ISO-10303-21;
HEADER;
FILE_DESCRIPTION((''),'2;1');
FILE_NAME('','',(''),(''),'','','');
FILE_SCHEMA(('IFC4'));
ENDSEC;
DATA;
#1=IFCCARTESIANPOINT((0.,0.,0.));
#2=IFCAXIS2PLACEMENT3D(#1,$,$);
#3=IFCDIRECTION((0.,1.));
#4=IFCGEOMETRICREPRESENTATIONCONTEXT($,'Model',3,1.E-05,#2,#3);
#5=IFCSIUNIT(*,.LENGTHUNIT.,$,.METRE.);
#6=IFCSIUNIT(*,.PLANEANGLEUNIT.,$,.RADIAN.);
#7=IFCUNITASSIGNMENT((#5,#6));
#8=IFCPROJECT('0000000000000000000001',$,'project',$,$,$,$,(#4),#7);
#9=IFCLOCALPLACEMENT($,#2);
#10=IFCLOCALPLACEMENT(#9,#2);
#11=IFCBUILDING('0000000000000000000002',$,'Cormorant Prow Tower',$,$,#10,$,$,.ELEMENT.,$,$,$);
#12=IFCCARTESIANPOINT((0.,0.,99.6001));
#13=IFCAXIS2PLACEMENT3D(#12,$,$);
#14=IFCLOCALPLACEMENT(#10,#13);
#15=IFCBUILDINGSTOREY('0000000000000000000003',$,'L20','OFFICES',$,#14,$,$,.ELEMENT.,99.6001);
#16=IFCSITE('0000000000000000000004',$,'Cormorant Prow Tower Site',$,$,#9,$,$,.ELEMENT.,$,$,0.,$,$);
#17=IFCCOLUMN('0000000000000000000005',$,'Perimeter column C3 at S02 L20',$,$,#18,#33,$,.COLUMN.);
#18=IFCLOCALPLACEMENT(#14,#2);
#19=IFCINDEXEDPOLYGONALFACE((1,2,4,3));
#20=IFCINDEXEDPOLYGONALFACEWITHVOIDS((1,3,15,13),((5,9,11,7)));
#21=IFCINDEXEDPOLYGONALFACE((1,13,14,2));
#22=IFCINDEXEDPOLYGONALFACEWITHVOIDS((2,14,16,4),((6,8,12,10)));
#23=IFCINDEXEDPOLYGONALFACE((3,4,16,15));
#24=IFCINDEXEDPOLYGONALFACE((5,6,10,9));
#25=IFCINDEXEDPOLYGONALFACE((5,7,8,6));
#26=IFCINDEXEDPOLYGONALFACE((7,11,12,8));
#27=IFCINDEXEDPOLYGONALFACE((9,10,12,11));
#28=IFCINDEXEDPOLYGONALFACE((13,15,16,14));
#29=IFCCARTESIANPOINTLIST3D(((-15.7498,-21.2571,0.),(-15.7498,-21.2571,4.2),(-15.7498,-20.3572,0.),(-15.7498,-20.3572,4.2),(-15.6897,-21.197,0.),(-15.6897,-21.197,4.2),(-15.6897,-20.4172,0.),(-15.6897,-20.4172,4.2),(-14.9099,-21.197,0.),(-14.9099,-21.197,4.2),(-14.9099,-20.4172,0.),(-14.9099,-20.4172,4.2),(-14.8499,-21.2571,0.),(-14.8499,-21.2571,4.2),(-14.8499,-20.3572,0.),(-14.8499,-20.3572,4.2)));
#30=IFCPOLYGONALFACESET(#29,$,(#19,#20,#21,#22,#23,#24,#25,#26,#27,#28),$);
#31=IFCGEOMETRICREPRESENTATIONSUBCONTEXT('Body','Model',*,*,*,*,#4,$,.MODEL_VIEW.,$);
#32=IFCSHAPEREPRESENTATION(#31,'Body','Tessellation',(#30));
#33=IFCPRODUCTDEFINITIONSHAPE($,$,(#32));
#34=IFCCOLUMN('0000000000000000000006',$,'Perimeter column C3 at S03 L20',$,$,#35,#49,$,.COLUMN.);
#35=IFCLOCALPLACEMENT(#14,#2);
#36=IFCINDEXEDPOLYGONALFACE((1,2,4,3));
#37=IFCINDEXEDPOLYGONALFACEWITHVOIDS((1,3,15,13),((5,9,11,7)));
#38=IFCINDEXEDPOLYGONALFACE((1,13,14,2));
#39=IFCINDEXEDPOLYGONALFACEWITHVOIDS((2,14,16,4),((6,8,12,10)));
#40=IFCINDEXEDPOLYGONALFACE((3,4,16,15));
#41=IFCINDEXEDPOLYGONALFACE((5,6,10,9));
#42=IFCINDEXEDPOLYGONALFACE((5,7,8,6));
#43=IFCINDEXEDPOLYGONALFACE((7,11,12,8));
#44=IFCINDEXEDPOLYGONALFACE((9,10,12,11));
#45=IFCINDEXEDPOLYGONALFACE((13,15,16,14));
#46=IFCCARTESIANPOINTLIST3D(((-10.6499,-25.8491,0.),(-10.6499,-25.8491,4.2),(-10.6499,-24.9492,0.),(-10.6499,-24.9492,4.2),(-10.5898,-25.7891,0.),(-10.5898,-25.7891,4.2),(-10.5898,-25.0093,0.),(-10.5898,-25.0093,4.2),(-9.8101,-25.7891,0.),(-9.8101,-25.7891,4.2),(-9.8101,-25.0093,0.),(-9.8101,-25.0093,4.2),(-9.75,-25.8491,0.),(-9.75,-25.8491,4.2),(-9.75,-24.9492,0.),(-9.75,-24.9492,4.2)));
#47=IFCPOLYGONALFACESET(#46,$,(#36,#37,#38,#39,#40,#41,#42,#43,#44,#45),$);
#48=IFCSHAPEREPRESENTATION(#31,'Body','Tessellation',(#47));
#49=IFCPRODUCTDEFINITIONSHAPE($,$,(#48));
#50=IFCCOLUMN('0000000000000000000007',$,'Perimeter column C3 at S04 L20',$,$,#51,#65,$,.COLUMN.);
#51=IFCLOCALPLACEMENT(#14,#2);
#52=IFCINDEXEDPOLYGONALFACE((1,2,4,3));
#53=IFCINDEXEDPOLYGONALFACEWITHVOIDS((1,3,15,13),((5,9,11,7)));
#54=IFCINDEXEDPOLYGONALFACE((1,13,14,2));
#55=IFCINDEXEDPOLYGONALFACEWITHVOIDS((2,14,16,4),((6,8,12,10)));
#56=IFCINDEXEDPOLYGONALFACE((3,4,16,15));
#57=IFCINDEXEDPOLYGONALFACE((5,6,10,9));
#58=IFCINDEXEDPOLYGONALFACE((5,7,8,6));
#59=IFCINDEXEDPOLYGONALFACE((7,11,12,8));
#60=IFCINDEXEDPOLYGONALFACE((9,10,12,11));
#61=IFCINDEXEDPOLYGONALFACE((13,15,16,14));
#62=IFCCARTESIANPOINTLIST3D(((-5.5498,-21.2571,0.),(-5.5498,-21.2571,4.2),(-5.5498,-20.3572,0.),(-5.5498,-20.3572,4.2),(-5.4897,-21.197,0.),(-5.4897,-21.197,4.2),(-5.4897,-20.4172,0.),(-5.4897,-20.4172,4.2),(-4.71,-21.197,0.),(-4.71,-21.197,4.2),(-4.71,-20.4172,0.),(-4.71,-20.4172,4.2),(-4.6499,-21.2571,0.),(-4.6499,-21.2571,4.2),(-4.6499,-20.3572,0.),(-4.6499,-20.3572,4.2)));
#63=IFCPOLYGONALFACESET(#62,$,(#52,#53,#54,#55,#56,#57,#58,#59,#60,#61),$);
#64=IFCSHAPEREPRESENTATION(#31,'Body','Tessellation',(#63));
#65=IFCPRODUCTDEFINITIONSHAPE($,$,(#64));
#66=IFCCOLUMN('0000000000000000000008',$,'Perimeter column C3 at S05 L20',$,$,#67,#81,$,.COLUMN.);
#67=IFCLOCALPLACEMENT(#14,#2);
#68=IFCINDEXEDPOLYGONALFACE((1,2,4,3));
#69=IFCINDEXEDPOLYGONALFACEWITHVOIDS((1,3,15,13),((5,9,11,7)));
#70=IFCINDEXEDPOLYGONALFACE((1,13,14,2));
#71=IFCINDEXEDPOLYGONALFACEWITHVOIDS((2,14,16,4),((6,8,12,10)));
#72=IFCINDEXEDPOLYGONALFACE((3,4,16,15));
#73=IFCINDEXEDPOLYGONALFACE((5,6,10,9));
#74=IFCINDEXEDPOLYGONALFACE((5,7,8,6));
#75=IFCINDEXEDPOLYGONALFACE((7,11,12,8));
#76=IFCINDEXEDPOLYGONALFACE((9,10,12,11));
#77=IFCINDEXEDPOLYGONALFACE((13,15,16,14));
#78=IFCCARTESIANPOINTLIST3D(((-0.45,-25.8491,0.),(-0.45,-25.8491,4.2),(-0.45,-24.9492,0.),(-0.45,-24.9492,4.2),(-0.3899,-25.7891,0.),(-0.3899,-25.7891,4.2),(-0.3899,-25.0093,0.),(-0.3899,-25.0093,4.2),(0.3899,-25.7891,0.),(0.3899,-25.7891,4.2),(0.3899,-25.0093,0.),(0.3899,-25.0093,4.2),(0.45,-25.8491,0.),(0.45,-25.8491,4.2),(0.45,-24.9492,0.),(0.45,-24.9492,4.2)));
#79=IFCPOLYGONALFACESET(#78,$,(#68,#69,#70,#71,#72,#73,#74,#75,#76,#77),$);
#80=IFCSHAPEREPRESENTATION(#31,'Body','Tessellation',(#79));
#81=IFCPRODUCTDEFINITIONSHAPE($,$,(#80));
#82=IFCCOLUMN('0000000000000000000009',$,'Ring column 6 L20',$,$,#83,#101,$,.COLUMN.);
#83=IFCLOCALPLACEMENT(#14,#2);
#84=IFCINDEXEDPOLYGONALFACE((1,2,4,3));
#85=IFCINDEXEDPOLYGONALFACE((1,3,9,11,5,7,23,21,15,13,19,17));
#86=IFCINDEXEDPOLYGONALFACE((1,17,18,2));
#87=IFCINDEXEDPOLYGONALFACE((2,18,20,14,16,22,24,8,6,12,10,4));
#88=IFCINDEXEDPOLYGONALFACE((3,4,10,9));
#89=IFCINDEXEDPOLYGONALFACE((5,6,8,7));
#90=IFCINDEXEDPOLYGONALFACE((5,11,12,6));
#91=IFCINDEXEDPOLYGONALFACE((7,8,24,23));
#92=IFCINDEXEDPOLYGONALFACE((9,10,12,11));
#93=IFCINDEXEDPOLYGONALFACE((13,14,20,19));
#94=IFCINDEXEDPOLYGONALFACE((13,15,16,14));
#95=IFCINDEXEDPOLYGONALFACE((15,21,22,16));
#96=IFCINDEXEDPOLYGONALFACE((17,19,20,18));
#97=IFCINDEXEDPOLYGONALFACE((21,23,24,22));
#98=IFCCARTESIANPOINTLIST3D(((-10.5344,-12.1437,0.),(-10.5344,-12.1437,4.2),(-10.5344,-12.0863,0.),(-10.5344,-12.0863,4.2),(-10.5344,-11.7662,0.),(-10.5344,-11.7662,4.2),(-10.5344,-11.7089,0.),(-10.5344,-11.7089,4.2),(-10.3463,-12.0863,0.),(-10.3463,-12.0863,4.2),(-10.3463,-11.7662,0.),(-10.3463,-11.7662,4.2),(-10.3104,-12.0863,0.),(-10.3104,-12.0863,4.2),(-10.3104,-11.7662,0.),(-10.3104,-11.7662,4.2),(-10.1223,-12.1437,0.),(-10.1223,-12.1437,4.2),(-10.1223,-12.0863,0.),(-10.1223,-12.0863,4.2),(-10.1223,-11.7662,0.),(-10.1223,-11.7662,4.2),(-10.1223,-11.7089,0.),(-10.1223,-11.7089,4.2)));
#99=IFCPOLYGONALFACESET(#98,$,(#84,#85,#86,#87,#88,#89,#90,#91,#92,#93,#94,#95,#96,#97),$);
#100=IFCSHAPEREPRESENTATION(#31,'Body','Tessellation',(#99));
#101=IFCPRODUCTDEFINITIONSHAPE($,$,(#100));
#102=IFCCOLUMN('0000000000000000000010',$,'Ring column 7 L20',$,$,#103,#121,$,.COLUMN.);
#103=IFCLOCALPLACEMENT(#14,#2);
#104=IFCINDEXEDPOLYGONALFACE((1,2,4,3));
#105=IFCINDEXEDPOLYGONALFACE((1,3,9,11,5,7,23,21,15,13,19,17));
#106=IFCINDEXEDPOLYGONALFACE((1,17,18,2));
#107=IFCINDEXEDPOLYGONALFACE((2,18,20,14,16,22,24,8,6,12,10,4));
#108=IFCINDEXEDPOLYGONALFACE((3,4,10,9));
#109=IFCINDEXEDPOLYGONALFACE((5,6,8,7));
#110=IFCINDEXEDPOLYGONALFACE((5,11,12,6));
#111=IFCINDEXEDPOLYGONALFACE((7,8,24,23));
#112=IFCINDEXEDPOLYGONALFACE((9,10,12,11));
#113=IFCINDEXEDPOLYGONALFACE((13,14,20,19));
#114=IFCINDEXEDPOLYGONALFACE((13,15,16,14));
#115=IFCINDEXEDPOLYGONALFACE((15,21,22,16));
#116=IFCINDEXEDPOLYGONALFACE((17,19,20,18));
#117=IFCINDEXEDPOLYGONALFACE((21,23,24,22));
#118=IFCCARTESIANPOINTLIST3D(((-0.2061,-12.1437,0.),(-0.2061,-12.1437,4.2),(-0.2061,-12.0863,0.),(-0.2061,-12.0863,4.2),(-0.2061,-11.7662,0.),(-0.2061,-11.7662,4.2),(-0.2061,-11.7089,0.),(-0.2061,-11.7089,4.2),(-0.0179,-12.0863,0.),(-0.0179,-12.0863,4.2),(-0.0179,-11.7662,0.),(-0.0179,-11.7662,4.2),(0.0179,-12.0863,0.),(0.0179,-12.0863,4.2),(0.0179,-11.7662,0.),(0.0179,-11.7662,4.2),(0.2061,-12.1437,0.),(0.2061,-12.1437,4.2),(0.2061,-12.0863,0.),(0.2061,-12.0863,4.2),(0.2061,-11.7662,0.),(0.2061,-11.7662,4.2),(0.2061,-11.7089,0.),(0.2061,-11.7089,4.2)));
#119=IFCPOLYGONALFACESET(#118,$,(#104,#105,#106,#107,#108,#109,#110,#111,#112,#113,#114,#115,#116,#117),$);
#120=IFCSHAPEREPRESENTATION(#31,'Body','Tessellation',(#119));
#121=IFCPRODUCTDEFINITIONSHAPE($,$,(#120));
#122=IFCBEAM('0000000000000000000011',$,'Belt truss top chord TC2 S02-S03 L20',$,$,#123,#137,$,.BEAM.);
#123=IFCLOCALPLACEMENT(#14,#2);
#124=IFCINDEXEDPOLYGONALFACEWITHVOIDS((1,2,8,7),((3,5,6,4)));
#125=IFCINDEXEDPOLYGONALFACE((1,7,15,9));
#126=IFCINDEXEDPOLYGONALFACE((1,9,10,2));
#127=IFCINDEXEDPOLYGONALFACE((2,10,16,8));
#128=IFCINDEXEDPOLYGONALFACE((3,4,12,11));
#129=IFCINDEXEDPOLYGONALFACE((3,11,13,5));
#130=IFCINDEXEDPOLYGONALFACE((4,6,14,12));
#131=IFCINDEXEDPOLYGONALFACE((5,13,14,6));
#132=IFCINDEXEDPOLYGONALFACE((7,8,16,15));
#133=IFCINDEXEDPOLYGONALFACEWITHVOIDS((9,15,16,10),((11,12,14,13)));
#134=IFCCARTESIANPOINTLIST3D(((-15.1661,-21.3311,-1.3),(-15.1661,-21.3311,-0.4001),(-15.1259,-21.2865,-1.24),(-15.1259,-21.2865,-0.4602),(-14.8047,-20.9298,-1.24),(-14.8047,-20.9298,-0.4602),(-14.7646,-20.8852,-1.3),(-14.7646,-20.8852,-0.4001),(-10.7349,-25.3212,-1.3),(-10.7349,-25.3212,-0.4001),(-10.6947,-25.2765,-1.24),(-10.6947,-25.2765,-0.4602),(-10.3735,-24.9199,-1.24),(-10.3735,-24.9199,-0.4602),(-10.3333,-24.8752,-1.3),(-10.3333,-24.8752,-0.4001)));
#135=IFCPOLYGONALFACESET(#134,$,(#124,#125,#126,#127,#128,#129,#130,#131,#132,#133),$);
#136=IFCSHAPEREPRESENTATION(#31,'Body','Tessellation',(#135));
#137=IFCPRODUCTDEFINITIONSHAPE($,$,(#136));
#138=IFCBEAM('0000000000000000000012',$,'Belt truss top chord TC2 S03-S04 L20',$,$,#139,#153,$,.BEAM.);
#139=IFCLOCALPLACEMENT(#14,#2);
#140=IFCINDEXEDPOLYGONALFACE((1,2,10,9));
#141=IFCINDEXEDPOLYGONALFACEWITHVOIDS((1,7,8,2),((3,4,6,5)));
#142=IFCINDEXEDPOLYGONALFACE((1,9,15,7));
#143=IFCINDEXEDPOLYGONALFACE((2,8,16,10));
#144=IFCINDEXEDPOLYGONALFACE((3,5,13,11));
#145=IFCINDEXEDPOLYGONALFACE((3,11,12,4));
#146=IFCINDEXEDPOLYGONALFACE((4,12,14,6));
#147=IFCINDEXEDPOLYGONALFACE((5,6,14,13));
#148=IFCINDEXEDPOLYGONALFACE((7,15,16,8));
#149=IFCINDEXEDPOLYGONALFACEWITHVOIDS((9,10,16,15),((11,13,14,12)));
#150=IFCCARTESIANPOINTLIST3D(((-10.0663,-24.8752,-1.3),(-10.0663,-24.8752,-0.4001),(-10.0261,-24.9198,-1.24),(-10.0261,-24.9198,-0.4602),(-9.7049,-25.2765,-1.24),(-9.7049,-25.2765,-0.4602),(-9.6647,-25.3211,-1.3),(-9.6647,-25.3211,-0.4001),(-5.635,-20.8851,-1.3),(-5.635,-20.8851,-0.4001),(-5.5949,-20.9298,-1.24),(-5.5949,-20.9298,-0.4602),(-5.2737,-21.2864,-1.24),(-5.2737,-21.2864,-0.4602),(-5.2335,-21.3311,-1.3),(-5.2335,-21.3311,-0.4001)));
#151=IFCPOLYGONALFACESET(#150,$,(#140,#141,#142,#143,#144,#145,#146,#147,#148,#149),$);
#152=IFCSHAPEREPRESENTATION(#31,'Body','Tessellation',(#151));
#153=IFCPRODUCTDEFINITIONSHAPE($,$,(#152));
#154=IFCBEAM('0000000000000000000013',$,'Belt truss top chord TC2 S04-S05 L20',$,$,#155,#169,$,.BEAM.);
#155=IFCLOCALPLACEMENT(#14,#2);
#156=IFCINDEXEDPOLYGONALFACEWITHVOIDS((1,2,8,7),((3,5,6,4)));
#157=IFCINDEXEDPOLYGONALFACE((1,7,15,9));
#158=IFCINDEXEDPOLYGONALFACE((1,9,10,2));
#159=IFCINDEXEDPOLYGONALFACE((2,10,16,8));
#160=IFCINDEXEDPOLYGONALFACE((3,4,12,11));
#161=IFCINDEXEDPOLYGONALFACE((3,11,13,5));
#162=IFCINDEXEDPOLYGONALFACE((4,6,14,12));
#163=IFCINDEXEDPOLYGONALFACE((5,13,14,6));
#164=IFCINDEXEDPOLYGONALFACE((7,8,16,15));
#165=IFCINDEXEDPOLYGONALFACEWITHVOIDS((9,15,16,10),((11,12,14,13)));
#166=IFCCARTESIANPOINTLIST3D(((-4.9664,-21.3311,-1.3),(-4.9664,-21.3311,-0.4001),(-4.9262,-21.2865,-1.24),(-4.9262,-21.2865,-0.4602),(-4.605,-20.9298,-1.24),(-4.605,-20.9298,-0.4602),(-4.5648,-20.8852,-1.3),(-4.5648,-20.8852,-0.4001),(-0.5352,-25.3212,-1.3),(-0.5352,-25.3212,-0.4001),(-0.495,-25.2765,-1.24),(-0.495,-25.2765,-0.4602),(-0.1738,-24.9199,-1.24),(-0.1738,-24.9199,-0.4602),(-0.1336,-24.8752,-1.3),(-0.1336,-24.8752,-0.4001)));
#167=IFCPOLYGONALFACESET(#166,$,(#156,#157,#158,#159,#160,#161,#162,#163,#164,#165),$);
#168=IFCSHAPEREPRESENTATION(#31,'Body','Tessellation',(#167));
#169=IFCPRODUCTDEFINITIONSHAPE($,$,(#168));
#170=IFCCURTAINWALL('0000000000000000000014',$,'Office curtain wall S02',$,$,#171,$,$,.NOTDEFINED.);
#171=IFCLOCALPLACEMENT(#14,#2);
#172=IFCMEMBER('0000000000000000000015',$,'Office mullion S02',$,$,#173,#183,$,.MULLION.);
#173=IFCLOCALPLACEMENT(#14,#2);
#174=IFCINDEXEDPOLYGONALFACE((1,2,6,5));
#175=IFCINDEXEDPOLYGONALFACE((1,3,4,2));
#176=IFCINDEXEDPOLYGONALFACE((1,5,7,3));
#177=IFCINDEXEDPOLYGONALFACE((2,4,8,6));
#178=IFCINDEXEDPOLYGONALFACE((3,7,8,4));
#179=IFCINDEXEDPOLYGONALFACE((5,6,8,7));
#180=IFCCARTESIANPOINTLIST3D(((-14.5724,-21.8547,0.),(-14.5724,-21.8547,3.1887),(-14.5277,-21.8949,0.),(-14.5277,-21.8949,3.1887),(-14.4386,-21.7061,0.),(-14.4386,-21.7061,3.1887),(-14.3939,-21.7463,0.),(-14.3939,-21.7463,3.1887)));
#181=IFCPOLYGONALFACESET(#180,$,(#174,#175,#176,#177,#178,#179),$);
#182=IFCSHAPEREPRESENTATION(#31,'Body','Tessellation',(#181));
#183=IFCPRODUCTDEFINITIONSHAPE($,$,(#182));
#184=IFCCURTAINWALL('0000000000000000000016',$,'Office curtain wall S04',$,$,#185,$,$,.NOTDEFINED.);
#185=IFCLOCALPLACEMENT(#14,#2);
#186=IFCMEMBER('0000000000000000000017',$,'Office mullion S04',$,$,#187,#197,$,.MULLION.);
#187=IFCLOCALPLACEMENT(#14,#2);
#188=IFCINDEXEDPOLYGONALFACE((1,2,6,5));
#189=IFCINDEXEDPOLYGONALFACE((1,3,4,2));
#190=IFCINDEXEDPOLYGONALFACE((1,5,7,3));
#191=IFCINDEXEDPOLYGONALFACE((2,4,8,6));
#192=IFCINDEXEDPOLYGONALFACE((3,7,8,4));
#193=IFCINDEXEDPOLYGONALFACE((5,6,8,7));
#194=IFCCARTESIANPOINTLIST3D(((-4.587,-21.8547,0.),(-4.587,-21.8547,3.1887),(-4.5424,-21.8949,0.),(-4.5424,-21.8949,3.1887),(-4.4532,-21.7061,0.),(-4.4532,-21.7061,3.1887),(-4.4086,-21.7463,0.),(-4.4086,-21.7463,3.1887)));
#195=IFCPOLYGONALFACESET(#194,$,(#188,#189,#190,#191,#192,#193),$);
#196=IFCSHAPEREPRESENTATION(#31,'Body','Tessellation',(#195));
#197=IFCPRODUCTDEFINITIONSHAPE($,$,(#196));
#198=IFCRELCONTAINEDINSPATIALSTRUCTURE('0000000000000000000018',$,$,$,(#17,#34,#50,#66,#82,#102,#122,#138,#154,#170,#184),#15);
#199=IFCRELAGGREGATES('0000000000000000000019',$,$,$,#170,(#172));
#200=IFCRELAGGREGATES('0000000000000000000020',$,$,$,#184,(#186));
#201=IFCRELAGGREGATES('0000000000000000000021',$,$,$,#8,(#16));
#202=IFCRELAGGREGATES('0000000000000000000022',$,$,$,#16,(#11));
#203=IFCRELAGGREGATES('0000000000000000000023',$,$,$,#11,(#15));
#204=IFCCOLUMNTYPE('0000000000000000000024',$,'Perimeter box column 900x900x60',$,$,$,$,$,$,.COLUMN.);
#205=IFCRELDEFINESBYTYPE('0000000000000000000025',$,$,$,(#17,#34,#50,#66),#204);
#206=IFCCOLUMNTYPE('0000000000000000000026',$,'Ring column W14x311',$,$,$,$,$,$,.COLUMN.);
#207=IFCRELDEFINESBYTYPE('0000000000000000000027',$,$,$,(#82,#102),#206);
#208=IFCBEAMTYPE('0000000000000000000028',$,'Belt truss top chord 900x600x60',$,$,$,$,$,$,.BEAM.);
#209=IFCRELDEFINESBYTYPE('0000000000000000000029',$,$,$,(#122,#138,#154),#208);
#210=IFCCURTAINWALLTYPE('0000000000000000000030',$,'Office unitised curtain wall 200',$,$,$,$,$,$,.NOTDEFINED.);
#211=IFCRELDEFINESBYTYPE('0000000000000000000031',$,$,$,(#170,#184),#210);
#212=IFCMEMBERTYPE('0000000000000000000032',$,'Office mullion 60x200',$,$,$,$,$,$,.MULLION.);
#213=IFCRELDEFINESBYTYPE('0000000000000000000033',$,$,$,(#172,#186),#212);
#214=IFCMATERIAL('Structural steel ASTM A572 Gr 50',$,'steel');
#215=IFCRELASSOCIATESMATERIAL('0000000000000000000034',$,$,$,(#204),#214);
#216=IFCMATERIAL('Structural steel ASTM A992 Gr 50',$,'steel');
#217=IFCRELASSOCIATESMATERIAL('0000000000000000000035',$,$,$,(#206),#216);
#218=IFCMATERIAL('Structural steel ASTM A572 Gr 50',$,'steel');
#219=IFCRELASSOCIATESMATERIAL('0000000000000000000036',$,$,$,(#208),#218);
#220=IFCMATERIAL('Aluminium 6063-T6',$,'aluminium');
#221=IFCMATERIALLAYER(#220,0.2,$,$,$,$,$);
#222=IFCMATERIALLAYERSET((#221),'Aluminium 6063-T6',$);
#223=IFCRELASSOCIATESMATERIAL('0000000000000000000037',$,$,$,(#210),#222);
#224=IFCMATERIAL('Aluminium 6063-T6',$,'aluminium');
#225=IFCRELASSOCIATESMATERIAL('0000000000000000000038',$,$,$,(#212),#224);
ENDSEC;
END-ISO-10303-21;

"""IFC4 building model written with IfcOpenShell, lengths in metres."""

from ifc_helpers import new_model, si_unit, direction, frame, origin, origin_2d, place, context, subcontext, project, spatial, rectangle, hollow_rectangle, i_section, extrude, material, layer, layer_set, material_profile, profile_set, type_object, element, aggregate, save


model = new_model("IFC4")

# Units and contexts
model_context = context("Model", 3, precision=1e-05, world=origin(), true_north=direction((0.0, 1.0)))
body_context = subcontext(model_context, "Body", "Model", "MODEL_VIEW")
ifc_project = project(units=[si_unit("LENGTHUNIT", "METRE"), si_unit("PLANEANGLEUNIT", "RADIAN")], contexts=[model_context])

# Site, building, storey
site_placement = place(None, origin())
site = spatial("IfcSite", under=ifc_project, at=site_placement, Name="Cormorant Prow Tower Site", CompositionType="ELEMENT", RefElevation=0.0)
building_placement = place(site_placement, origin())
building = spatial("IfcBuilding", under=site, at=building_placement, Name="Cormorant Prow Tower", CompositionType="ELEMENT")
storey_placement = place(building_placement, frame((0.0, 0.0, 99.6001)))
storey = spatial("IfcBuildingStorey", under=building, at=storey_placement, Name="L20", Description="OFFICES", CompositionType="ELEMENT", Elevation=99.6001)

# Columns
ifc_material_1 = material(Name="Structural steel ASTM A572 Gr 50", Category="steel")
ifc_material_profile_1 = material_profile(ifc_material_1, hollow_rectangle(XDim=0.8999, YDim=0.8999, WallThickness=0.0601, at=origin_2d()), Name="Box 900x900x60")
ifc_profile_set_1 = profile_set([ifc_material_profile_1], Name="Structural steel ASTM A572 Gr 50")
column_type_1 = type_object("IfcColumnType", Name="Perimeter box column 900x900x60", PredefinedType="COLUMN", material=ifc_profile_set_1)
for number, where, z_axis, x_axis, name in (
    (1, (-15.2998, -20.8071, 0.0), (0.0, 0.0, 1.0), (1.0, 0.0, 0.0), "Perimeter column C3 at S02 L20"),
    (2, (-10.2, -25.3992, 0.0), (0.0, 0.0, 1.0), (1.0, 0.0, 0.0), "Perimeter column C3 at S03 L20"),
    (3, (-5.0999, -20.8071, 0.0), (0.0, 0.0, 1.0), (1.0, 0.0, 0.0), "Perimeter column C3 at S04 L20"),
    (4, (0.0, -25.3992, 0.0), (0.0, 0.0, 1.0), (1.0, 0.0, 0.0), "Perimeter column C3 at S05 L20"),
):
    element("IfcColumn", number, at=place(storey_placement, frame(where, z_axis=z_axis, x_axis=x_axis)), inside=storey, type_object=column_type_1, Name=name, PredefinedType="COLUMN", context=body_context, shape_type="SweptSolid", body=[
        extrude(hollow_rectangle(XDim=0.8999, YDim=0.8999, WallThickness=0.0601, at=origin_2d()), origin(), (0.0, 0.0, 1.0), 4.2),
    ])
ifc_material_2 = material(Name="Structural steel ASTM A992 Gr 50", Category="steel")
ifc_material_profile_2 = material_profile(ifc_material_2, i_section(OverallWidth=0.4121, OverallDepth=0.4348, WebThickness=0.0359, FlangeThickness=0.0574, at=origin_2d()), Name="W14x311")
ifc_profile_set_2 = profile_set([ifc_material_profile_2], Name="Structural steel ASTM A992 Gr 50")
column_type_2 = type_object("IfcColumnType", Name="Ring column W14x311", PredefinedType="COLUMN", material=ifc_profile_set_2)
for number, where, z_axis, x_axis, name in (
    (5, (-10.3284, -11.9263, 0.0), (0.0, 0.0, 1.0), (1.0, 0.0, 0.0), "Ring column 6 L20"),
    (6, (0.0, -11.9263, 0.0), (0.0, 0.0, 1.0), (1.0, 0.0, 0.0), "Ring column 7 L20"),
):
    element("IfcColumn", number, at=place(storey_placement, frame(where, z_axis=z_axis, x_axis=x_axis)), inside=storey, type_object=column_type_2, Name=name, PredefinedType="COLUMN", context=body_context, shape_type="SweptSolid", body=[
        extrude(i_section(OverallWidth=0.4121, OverallDepth=0.4348, WebThickness=0.0359, FlangeThickness=0.0574, at=origin_2d()), origin(), (0.0, 0.0, 1.0), 4.2),
    ])

# Beams
ifc_material_3 = material(Name="Structural steel ASTM A572 Gr 50", Category="steel")
ifc_material_profile_3 = material_profile(ifc_material_3, hollow_rectangle(XDim=0.6001, YDim=0.8999, WallThickness=0.0601, at=origin_2d()), Name="Box 900x600x60")
ifc_profile_set_3 = profile_set([ifc_material_profile_3], Name="Structural steel ASTM A572 Gr 50")
beam_type_1 = type_object("IfcBeamType", Name="Belt truss top chord 900x600x60", PredefinedType="BEAM", material=ifc_profile_set_3)
for number, where, z_axis, x_axis, name in (
    (7, (-14.9653, -21.1082, -0.8501), (0.743131, -0.669146, 0.0), (0.669146, 0.743131, 0.0), "Belt truss top chord TC2 S02-S03 L20"),
    (8, (-9.8655, -25.0981, -0.8501), (0.743131, 0.669146, 0.0), (-0.669146, 0.743131, 0.0), "Belt truss top chord TC2 S03-S04 L20"),
    (9, (-4.7656, -21.1082, -0.8501), (0.743131, -0.669146, 0.0), (0.669146, 0.743131, 0.0), "Belt truss top chord TC2 S04-S05 L20"),
):
    element("IfcBeam", number, at=place(storey_placement, frame(where, z_axis=z_axis, x_axis=x_axis)), inside=storey, type_object=beam_type_1, Name=name, PredefinedType="BEAM", context=body_context, shape_type="SweptSolid", body=[
        extrude(hollow_rectangle(XDim=0.6001, YDim=0.8999, WallThickness=0.0601, at=origin_2d()), origin(), (0.0, 0.0, 1.0), 5.9629),
    ])

# Curtain walls, members
ifc_material_4 = material(Name="Aluminium 6063-T6", Category="aluminium")
ifc_layer_1 = layer(ifc_material_4, 0.2)
ifc_layer_set_1 = layer_set([ifc_layer_1], Name="Aluminium 6063-T6")
curtain_wall_type = type_object("IfcCurtainWallType", Name="Office unitised curtain wall 200", PredefinedType="NOTDEFINED", material=ifc_layer_set_1)
curtain_wall_1_placement = place(storey_placement, origin())
curtain_wall_1 = element("IfcCurtainWall", 10, at=curtain_wall_1_placement, inside=storey, type_object=curtain_wall_type, Name="Office curtain wall S02", PredefinedType="NOTDEFINED")
ifc_material_5 = material(Name="Aluminium 6063-T6", Category="aluminium")
ifc_material_profile_4 = material_profile(ifc_material_5, rectangle(XDim=0.2, YDim=0.0601, at=origin_2d()), Name="Office mullion 60x200")
ifc_profile_set_4 = profile_set([ifc_material_profile_4], Name="Aluminium 6063-T6")
member_type_1 = type_object("IfcMemberType", Name="Office mullion 60x200", PredefinedType="MULLION", material=ifc_profile_set_4)
member_1_placement = place(storey_placement, frame((-14.4832, -21.8005, 0.0), z_axis=(0.0, 0.0, 1.0), x_axis=(0.669131, 0.743145, 0.0)))
member_1 = element("IfcMember", 11, at=member_1_placement, type_object=member_type_1, Name="Office mullion S02", PredefinedType="MULLION", context=body_context, shape_type="SweptSolid", body=[
    extrude(rectangle(XDim=0.2, YDim=0.0601, at=origin_2d()), origin(), (0.0, 0.0, 1.0), 3.1887),
])
curtain_wall_2_placement = place(storey_placement, origin())
curtain_wall_2 = element("IfcCurtainWall", 12, at=curtain_wall_2_placement, inside=storey, type_object=curtain_wall_type, Name="Office curtain wall S04", PredefinedType="NOTDEFINED")
member_2_placement = place(storey_placement, frame((-4.4978, -21.8005, 0.0), z_axis=(0.0, 0.0, 1.0), x_axis=(0.669131, 0.743145, 0.0)))
member_2 = element("IfcMember", 13, at=member_2_placement, type_object=member_type_1, Name="Office mullion S04", PredefinedType="MULLION", context=body_context, shape_type="SweptSolid", body=[
    extrude(rectangle(XDim=0.2, YDim=0.0601, at=origin_2d()), origin(), (0.0, 0.0, 1.0), 3.1887),
])

aggregate(curtain_wall_1, [member_1])
aggregate(curtain_wall_2, [member_2])

save(model, "model.ifc")
